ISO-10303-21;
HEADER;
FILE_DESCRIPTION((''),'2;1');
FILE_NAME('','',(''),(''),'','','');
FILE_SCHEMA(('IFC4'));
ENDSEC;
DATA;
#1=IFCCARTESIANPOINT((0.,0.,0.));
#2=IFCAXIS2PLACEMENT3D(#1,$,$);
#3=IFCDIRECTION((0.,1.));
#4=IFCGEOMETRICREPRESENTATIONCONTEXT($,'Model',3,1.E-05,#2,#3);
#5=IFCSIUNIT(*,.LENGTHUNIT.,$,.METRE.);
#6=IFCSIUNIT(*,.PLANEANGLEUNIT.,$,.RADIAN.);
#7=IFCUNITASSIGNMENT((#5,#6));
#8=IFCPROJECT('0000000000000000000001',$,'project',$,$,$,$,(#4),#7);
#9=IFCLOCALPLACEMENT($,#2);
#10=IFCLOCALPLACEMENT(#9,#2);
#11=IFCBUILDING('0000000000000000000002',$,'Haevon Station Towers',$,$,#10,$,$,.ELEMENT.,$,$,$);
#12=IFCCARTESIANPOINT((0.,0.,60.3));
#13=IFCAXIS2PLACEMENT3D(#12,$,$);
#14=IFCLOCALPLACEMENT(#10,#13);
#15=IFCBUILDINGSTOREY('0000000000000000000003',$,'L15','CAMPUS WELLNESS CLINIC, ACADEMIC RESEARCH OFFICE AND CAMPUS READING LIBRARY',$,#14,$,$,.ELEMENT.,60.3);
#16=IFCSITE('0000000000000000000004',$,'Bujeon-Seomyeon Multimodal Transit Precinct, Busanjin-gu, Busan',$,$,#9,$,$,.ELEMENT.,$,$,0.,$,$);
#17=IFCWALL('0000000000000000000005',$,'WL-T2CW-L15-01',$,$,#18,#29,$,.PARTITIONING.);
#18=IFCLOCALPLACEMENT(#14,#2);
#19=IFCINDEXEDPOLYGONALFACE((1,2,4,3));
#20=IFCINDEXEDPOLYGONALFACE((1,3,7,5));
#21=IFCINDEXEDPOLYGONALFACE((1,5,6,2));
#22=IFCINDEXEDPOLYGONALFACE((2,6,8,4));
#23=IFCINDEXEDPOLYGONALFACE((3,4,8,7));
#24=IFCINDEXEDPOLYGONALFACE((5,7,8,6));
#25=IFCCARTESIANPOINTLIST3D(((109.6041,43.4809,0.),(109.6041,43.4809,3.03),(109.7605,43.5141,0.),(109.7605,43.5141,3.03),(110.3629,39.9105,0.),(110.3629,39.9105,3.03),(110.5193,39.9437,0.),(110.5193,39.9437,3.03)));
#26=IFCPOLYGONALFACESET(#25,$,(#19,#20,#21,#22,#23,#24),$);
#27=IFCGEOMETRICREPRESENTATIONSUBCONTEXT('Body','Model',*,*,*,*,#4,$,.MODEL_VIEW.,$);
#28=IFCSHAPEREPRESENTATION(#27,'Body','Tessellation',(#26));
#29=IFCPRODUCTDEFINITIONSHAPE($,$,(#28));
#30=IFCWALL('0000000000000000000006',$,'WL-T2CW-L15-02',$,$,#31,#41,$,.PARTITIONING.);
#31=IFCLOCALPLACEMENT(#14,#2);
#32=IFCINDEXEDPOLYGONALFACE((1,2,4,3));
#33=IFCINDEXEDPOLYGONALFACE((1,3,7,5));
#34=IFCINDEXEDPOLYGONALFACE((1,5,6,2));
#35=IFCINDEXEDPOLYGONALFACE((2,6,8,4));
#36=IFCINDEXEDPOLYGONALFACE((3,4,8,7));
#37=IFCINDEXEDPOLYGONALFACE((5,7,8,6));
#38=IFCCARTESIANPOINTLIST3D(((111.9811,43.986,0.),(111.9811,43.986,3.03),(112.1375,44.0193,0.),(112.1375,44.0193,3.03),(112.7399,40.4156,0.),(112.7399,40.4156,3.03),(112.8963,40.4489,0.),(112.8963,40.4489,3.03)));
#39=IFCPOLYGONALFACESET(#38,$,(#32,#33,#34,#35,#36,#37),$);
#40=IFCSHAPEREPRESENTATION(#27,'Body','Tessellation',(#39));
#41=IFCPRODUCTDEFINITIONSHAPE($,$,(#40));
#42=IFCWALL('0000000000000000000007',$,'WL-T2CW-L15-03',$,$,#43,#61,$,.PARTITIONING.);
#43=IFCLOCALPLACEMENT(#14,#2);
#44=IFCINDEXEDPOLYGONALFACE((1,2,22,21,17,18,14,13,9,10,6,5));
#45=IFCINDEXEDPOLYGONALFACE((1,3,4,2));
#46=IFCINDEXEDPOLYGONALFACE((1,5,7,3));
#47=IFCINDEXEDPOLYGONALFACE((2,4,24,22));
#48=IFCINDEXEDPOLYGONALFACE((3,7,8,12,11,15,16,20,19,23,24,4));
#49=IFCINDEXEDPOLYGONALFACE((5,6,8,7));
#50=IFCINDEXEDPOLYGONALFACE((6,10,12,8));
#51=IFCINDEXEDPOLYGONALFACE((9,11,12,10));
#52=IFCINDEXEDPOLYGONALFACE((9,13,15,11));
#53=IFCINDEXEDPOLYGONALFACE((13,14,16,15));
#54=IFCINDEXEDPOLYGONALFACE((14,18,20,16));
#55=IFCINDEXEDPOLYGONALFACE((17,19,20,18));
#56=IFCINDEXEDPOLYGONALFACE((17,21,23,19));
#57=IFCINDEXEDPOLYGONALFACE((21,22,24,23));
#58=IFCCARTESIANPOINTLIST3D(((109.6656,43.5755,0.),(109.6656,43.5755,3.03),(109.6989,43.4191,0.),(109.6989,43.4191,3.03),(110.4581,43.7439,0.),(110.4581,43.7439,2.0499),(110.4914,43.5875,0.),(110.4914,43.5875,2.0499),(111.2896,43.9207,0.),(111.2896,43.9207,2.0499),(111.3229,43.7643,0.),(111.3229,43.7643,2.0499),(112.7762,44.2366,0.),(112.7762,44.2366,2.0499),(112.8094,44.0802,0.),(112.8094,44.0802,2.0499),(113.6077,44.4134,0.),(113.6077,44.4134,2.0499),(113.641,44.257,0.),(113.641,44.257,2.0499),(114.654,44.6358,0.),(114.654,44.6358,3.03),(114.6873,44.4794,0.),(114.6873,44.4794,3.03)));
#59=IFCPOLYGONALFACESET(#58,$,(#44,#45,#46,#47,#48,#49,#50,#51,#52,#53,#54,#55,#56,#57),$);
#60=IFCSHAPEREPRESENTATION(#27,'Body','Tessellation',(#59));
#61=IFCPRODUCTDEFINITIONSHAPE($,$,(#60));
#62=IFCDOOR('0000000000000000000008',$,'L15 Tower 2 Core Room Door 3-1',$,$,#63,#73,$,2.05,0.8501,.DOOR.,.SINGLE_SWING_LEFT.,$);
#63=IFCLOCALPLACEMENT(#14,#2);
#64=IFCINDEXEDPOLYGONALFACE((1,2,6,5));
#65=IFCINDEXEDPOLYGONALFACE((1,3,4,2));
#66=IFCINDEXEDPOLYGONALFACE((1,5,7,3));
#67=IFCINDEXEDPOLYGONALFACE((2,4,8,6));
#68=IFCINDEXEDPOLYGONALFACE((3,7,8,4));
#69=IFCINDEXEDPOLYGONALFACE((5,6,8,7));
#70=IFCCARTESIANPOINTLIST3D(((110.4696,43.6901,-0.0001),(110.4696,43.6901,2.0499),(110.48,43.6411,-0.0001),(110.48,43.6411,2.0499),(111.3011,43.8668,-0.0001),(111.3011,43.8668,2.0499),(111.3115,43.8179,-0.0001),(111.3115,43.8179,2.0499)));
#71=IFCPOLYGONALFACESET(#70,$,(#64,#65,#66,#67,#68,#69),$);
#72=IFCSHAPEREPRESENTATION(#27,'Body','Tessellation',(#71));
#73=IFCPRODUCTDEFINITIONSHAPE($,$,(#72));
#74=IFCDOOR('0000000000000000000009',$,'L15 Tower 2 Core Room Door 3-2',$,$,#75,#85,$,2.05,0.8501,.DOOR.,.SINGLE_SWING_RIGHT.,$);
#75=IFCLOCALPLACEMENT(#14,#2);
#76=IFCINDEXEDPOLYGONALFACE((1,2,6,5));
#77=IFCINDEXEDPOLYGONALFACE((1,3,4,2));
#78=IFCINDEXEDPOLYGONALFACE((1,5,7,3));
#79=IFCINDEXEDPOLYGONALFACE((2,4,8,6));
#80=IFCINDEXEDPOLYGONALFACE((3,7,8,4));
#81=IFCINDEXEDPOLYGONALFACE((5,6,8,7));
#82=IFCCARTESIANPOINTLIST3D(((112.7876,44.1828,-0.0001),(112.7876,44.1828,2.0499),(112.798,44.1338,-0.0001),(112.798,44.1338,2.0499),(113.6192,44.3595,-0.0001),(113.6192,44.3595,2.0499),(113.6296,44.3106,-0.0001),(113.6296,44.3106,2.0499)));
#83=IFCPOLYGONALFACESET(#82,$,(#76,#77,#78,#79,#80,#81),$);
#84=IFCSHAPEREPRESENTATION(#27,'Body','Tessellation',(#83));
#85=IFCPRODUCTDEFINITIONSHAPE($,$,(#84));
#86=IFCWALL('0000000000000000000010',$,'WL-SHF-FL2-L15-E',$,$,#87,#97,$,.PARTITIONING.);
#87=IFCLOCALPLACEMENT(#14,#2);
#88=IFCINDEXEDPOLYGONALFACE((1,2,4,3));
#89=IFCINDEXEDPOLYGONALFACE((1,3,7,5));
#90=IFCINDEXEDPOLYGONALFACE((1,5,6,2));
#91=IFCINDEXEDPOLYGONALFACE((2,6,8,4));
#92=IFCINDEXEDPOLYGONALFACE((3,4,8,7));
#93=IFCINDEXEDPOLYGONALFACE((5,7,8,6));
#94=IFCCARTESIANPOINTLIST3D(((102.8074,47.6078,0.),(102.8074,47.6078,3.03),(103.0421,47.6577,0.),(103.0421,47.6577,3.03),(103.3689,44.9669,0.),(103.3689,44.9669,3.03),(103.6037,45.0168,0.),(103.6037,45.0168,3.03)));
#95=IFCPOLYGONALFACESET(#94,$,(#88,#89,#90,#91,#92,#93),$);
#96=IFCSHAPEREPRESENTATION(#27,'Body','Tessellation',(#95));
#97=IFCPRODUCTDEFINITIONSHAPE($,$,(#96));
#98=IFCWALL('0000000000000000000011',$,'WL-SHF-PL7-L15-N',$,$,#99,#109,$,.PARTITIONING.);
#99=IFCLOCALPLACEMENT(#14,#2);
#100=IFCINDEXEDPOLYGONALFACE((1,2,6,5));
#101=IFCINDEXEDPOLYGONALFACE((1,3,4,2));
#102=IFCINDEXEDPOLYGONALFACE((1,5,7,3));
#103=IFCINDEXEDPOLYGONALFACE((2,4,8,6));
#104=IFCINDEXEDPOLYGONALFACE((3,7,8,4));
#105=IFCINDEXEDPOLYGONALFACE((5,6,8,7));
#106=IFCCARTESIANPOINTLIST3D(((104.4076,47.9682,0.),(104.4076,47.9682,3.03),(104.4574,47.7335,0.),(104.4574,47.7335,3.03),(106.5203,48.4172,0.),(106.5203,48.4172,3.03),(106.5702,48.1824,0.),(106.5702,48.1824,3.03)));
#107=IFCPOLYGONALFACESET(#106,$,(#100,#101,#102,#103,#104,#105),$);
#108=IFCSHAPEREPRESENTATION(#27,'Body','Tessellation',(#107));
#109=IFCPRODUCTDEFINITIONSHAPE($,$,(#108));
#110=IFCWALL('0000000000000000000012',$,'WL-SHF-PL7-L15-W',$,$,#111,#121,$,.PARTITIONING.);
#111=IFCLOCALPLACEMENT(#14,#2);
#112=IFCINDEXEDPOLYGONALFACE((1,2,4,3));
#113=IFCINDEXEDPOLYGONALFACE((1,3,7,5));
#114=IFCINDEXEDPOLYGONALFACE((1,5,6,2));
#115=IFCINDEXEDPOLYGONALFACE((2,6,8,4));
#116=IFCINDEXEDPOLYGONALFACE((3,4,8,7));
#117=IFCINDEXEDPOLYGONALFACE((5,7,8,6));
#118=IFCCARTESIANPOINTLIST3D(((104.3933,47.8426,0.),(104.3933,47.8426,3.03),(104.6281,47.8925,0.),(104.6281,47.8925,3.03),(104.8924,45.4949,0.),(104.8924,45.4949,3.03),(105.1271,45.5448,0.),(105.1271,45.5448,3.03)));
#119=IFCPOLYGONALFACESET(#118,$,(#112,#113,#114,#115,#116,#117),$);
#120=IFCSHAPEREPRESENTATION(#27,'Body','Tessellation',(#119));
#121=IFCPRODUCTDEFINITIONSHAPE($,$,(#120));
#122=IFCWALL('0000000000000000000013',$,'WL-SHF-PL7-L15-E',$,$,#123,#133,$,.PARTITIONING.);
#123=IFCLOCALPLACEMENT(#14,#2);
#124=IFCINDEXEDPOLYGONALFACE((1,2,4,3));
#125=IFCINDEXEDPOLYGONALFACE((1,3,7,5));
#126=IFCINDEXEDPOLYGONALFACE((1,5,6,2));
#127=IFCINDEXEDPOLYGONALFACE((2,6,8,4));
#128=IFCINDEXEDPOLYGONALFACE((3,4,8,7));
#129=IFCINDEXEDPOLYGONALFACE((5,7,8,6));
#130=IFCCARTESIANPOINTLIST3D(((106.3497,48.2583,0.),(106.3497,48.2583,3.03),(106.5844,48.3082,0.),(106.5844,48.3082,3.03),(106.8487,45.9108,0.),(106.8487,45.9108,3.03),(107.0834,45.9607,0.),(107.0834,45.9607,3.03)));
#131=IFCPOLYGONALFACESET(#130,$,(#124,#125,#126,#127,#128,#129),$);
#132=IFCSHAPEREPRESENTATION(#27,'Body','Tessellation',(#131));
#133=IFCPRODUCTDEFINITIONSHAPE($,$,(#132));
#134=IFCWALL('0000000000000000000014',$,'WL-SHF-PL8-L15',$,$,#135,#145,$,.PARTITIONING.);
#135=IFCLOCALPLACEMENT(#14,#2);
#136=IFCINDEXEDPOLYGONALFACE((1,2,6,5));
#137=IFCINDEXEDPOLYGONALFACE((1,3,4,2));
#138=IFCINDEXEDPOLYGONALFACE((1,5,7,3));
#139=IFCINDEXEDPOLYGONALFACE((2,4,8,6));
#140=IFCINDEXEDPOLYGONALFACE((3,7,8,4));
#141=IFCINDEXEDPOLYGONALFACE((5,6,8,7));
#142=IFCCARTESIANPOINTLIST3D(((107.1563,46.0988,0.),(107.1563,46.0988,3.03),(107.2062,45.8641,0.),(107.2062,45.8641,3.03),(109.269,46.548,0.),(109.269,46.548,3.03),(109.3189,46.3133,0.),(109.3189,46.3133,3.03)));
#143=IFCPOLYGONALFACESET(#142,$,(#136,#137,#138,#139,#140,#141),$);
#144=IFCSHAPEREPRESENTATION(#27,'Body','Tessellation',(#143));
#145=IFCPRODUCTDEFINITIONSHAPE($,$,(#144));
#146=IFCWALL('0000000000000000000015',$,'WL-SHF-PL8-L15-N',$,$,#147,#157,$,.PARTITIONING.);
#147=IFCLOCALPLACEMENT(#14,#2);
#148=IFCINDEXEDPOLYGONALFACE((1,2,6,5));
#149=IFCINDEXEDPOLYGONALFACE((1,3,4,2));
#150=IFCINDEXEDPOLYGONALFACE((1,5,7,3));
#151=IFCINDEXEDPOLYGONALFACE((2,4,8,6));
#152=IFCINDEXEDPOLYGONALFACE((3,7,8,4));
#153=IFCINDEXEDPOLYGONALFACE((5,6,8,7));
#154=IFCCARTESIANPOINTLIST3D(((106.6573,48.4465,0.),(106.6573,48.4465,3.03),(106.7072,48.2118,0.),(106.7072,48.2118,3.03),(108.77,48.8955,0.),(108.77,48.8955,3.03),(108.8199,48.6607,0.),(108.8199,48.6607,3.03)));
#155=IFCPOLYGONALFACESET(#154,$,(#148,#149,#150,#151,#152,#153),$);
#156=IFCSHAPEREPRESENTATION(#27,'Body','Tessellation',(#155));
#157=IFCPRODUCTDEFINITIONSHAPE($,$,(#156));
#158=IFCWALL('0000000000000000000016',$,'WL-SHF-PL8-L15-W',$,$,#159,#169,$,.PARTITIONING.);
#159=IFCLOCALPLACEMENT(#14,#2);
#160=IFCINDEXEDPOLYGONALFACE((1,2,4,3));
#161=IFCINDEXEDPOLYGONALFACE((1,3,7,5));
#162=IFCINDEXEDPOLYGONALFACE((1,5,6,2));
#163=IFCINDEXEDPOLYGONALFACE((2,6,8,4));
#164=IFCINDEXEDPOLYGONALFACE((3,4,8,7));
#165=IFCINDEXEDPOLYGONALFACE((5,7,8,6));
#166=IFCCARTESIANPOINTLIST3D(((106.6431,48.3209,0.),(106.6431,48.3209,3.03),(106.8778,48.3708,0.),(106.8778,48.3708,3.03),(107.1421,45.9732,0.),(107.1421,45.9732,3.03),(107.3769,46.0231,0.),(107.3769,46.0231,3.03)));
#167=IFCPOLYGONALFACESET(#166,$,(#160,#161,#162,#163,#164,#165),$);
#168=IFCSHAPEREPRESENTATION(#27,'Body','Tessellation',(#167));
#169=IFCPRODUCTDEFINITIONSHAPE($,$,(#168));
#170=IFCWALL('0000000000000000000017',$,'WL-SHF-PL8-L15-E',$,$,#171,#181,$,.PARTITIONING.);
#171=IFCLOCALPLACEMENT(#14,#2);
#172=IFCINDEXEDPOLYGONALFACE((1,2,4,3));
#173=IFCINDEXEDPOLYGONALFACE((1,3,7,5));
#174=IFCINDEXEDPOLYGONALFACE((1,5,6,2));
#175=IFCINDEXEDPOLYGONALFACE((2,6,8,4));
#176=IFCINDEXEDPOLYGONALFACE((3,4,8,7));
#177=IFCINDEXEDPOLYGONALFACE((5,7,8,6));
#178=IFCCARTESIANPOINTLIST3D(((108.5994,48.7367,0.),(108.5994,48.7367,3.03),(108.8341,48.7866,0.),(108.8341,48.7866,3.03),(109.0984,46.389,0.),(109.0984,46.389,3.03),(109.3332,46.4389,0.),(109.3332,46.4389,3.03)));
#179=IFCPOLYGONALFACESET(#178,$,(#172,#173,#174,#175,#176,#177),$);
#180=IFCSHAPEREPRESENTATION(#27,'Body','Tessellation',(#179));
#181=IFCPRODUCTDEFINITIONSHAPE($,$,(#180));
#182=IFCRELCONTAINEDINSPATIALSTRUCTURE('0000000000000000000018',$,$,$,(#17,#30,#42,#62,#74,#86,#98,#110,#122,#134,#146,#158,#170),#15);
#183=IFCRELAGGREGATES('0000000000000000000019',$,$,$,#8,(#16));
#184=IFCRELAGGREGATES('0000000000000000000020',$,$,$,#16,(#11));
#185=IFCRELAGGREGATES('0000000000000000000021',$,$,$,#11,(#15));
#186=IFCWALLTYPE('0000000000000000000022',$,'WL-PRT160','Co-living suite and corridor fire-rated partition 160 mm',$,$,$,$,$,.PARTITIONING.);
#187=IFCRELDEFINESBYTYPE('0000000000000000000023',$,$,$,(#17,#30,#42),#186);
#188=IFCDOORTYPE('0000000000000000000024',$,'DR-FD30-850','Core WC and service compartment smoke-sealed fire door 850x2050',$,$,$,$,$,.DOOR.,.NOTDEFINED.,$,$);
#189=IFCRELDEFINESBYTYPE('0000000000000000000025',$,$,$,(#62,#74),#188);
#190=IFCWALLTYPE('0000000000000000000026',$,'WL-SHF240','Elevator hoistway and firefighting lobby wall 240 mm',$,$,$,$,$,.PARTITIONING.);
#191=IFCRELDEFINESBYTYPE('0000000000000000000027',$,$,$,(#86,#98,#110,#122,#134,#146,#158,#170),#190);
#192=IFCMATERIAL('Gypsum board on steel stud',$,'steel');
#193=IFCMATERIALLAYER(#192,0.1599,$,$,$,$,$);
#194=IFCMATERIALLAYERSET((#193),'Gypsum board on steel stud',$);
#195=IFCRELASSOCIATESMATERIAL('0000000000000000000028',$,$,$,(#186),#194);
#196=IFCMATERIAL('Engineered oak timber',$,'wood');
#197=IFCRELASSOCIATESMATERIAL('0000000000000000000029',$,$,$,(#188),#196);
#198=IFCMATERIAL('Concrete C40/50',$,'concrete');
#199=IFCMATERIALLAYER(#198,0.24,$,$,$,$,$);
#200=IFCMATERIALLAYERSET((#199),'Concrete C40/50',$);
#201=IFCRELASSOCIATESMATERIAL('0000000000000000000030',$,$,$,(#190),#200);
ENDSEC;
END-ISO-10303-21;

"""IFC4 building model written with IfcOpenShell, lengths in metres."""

from ifc_helpers import new_model, si_unit, direction, frame, frame_2d, origin, place, context, subcontext, project, spatial, rectangle, extrude, material, layer, layer_set, type_object, element, fill, save


model = new_model("IFC4")

# Units and contexts
model_context = context("Model", 3, precision=1e-05, world=origin(), true_north=direction((0.0, 1.0)))
body_context = subcontext(model_context, "Body", "Model", "MODEL_VIEW")
ifc_project = project(units=[si_unit("LENGTHUNIT", "METRE"), si_unit("PLANEANGLEUNIT", "RADIAN")], contexts=[model_context])

# Site, building, storey
site_placement = place(None, origin())
site = spatial("IfcSite", under=ifc_project, at=site_placement, Name="Bujeon-Seomyeon Multimodal Transit Precinct, Busanjin-gu, Busan", CompositionType="ELEMENT", RefElevation=0.0)
building_placement = place(site_placement, origin())
building = spatial("IfcBuilding", under=site, at=building_placement, Name="Haevon Station Towers", CompositionType="ELEMENT")
storey_placement = place(building_placement, frame((0.0, 0.0, 60.3)))
storey = spatial("IfcBuildingStorey", under=building, at=storey_placement, Name="L15", Description="CAMPUS WELLNESS CLINIC, ACADEMIC RESEARCH OFFICE AND CAMPUS READING LIBRARY", CompositionType="ELEMENT", Elevation=60.3)

# Shared definitions
ifc_material_1 = material(Name="Gypsum board on steel stud", Category="steel")
ifc_material_2 = material(Name="Engineered oak timber", Category="wood")

# Walls
ifc_layer_1 = layer(ifc_material_1, 0.1599)
ifc_layer_set_1 = layer_set([ifc_layer_1], Name="Gypsum board on steel stud")
wall_type_1 = type_object("IfcWallType", Name="WL-PRT160", Description="Co-living suite and corridor fire-rated partition 160 mm", PredefinedType="PARTITIONING", material=ifc_layer_set_1)
for number, where, z_axis, x_axis, name in (
    (1, (110.4412, 39.927, 0.0), (0.0, 0.0, 1.0), (-0.207884, 0.978153, 0.0), "WL-T2CW-L15-01"),
    (2, (112.8181, 40.4321, 0.0), (0.0, 0.0, 1.0), (-0.207884, 0.978153, 0.0), "WL-T2CW-L15-02"),
):
    element("IfcWall", number, at=place(storey_placement, frame(where, z_axis=z_axis, x_axis=x_axis)), inside=storey, type_object=wall_type_1, Name=name, PredefinedType="PARTITIONING", context=body_context, shape_type="SweptSolid", body=[
        extrude(rectangle(XDim=3.6501, YDim=0.1599, at=frame_2d((1.8252, 0.0))), origin(), (0.0, 0.0, 1.0), 3.03),
    ])

# Wall, openings, doors
wall_1_placement = place(storey_placement, frame((109.6824, 43.4973, 0.0), z_axis=(0.0, 0.0, 1.0), x_axis=(0.978149, 0.207904, 0.0)))
wall_1 = element("IfcWall", 3, at=wall_1_placement, inside=storey, type_object=wall_type_1, Name="WL-T2CW-L15-03", PredefinedType="PARTITIONING", context=body_context, shape_type="SweptSolid", body=[
    extrude(rectangle(XDim=5.0999, YDim=0.1599, at=frame_2d((2.5498, 0.0))), origin(), (0.0, 0.0, 1.0), 3.03),
])
opening_1_placement = place(wall_1_placement, frame((0.8101, 0.0, 0.0)))
opening_1 = element("IfcOpeningElement", 4, at=opening_1_placement, cuts=wall_1, PredefinedType="OPENING", context=body_context, shape_type="SweptSolid", body=[
    extrude(rectangle(XDim=0.8501, YDim=2.05, at=frame_2d((0.425, 1.0249))), frame((0.0, 0.0898, 0.0), z_axis=(0.0, -1.0, 0.0), x_axis=(1.0, 0.0, 0.0)), (0.0, 0.0, 1.0), 0.1799),
])
opening_2_placement = place(wall_1_placement, frame((3.1799, 0.0, 0.0)))
opening_2 = element("IfcOpeningElement", 5, at=opening_2_placement, cuts=wall_1, PredefinedType="OPENING", context=body_context, shape_type="SweptSolid", body=[
    extrude(rectangle(XDim=0.8501, YDim=2.05, at=frame_2d((0.425, 1.0249))), frame((0.0, 0.0898, 0.0), z_axis=(0.0, -1.0, 0.0), x_axis=(1.0, 0.0, 0.0)), (0.0, 0.0, 1.0), 0.1799),
])
door_type_1 = type_object("IfcDoorType", Name="DR-FD30-850", Description="Core WC and service compartment smoke-sealed fire door 850x2050", OperationType="NOTDEFINED", PredefinedType="DOOR", material=ifc_material_2)
door_1_placement = place(opening_1_placement, origin())
door_1 = element("IfcDoor", 6, at=door_1_placement, inside=storey, type_object=door_type_1, Name="L15 Tower 2 Core Room Door 3-1", OperationType="SINGLE_SWING_LEFT", OverallHeight=2.05, OverallWidth=0.8501, PredefinedType="DOOR", context=body_context, shape_type="SweptSolid", body=[
    extrude(rectangle(XDim=0.8501, YDim=2.05, at=frame_2d((0.425, 1.0249))), frame((0.0, 0.0249, 0.0), z_axis=(0.0, -1.0, 0.0), x_axis=(1.0, 0.0, 0.0)), (0.0, 0.0, 1.0), 0.05),
])
fill(opening_1, door_1)
door_2_placement = place(opening_2_placement, origin())
door_2 = element("IfcDoor", 7, at=door_2_placement, inside=storey, type_object=door_type_1, Name="L15 Tower 2 Core Room Door 3-2", OperationType="SINGLE_SWING_RIGHT", OverallHeight=2.05, OverallWidth=0.8501, PredefinedType="DOOR", context=body_context, shape_type="SweptSolid", body=[
    extrude(rectangle(XDim=0.8501, YDim=2.05, at=frame_2d((0.425, 1.0249))), frame((0.0, 0.0249, 0.0), z_axis=(0.0, -1.0, 0.0), x_axis=(1.0, 0.0, 0.0)), (0.0, 0.0, 1.0), 0.05),
])
fill(opening_2, door_2)

# Wall
ifc_material_3 = material(Name="Concrete C40/50", Category="concrete")
ifc_layer_2 = layer(ifc_material_3, 0.24)
ifc_layer_set_2 = layer_set([ifc_layer_2], Name="Concrete C40/50")
wall_type_2 = type_object("IfcWallType", Name="WL-SHF240", Description="Elevator hoistway and firefighting lobby wall 240 mm", PredefinedType="PARTITIONING", material=ifc_layer_set_2)
wall_2_placement = place(storey_placement, frame((103.4863, 44.9917, 0.0), z_axis=(0.0, 0.0, 1.0), x_axis=(-0.207979, 0.978133, 0.0)))
element("IfcWall", 8, at=wall_2_placement, inside=storey, type_object=wall_type_2, Name="WL-SHF-FL2-L15-E", PredefinedType="PARTITIONING", context=body_context, shape_type="SweptSolid", body=[
    extrude(rectangle(XDim=2.7, YDim=0.24, at=frame_2d((1.3501, 0.0))), origin(), (0.0, 0.0, 1.0), 3.03),
])

# Walls
wall_3_placement = place(storey_placement, frame((104.4324, 47.8508, 0.0), z_axis=(0.0, 0.0, 1.0), x_axis=(0.978158, 0.207861, 0.0)))
element("IfcWall", 9, at=wall_3_placement, inside=storey, type_object=wall_type_2, Name="WL-SHF-PL7-L15-N", PredefinedType="PARTITIONING", context=body_context, shape_type="SweptSolid", body=[
    extrude(rectangle(XDim=2.1599, YDim=0.24, at=frame_2d((1.0801, 0.0))), origin(), (0.0, 0.0, 1.0), 3.03),
])
wall_4_placement = place(storey_placement, frame((105.0098, 45.5198, 0.0), z_axis=(0.0, 0.0, 1.0), x_axis=(-0.207917, 0.978146, 0.0)))
element("IfcWall", 10, at=wall_4_placement, inside=storey, type_object=wall_type_2, Name="WL-SHF-PL7-L15-W", PredefinedType="PARTITIONING", context=body_context, shape_type="SweptSolid", body=[
    extrude(rectangle(XDim=2.4001, YDim=0.24, at=frame_2d((1.2002, 0.0))), origin(), (0.0, 0.0, 1.0), 3.03),
])
wall_5_placement = place(storey_placement, frame((106.9661, 45.9358, 0.0), z_axis=(0.0, 0.0, 1.0), x_axis=(-0.207938, 0.978142, 0.0)))
element("IfcWall", 11, at=wall_5_placement, inside=storey, type_object=wall_type_2, Name="WL-SHF-PL7-L15-E", PredefinedType="PARTITIONING", context=body_context, shape_type="SweptSolid", body=[
    extrude(rectangle(XDim=2.3999, YDim=0.24, at=frame_2d((1.2, 0.0))), origin(), (0.0, 0.0, 1.0), 3.03),
])
for number, where, z_axis, x_axis, name in (
    (12, (107.1812, 45.9814, 0.0), (0.0, 0.0, 1.0), (0.978135, 0.20797, 0.0), "WL-SHF-PL8-L15"),
    (13, (106.6821, 48.3291, 0.0), (0.0, 0.0, 1.0), (0.978158, 0.207861, 0.0), "WL-SHF-PL8-L15-N"),
):
    element("IfcWall", number, at=place(storey_placement, frame(where, z_axis=z_axis, x_axis=x_axis)), inside=storey, type_object=wall_type_2, Name=name, PredefinedType="PARTITIONING", context=body_context, shape_type="SweptSolid", body=[
        extrude(rectangle(XDim=2.1599, YDim=0.24, at=frame_2d((1.0801, 0.0))), origin(), (0.0, 0.0, 1.0), 3.03),
    ])
for number, where, z_axis, x_axis, name in (
    (14, (107.2595, 45.998, 0.0), (0.0, 0.0, 1.0), (-0.207917, 0.978146, 0.0), "WL-SHF-PL8-L15-W"),
    (15, (109.2158, 46.4138, 0.0), (0.0, 0.0, 1.0), (-0.207917, 0.978146, 0.0), "WL-SHF-PL8-L15-E"),
):
    element("IfcWall", number, at=place(storey_placement, frame(where, z_axis=z_axis, x_axis=x_axis)), inside=storey, type_object=wall_type_2, Name=name, PredefinedType="PARTITIONING", context=body_context, shape_type="SweptSolid", body=[
        extrude(rectangle(XDim=2.4001, YDim=0.24, at=frame_2d((1.2002, 0.0))), origin(), (0.0, 0.0, 1.0), 3.03),
    ])

save(model, "model.ifc")
